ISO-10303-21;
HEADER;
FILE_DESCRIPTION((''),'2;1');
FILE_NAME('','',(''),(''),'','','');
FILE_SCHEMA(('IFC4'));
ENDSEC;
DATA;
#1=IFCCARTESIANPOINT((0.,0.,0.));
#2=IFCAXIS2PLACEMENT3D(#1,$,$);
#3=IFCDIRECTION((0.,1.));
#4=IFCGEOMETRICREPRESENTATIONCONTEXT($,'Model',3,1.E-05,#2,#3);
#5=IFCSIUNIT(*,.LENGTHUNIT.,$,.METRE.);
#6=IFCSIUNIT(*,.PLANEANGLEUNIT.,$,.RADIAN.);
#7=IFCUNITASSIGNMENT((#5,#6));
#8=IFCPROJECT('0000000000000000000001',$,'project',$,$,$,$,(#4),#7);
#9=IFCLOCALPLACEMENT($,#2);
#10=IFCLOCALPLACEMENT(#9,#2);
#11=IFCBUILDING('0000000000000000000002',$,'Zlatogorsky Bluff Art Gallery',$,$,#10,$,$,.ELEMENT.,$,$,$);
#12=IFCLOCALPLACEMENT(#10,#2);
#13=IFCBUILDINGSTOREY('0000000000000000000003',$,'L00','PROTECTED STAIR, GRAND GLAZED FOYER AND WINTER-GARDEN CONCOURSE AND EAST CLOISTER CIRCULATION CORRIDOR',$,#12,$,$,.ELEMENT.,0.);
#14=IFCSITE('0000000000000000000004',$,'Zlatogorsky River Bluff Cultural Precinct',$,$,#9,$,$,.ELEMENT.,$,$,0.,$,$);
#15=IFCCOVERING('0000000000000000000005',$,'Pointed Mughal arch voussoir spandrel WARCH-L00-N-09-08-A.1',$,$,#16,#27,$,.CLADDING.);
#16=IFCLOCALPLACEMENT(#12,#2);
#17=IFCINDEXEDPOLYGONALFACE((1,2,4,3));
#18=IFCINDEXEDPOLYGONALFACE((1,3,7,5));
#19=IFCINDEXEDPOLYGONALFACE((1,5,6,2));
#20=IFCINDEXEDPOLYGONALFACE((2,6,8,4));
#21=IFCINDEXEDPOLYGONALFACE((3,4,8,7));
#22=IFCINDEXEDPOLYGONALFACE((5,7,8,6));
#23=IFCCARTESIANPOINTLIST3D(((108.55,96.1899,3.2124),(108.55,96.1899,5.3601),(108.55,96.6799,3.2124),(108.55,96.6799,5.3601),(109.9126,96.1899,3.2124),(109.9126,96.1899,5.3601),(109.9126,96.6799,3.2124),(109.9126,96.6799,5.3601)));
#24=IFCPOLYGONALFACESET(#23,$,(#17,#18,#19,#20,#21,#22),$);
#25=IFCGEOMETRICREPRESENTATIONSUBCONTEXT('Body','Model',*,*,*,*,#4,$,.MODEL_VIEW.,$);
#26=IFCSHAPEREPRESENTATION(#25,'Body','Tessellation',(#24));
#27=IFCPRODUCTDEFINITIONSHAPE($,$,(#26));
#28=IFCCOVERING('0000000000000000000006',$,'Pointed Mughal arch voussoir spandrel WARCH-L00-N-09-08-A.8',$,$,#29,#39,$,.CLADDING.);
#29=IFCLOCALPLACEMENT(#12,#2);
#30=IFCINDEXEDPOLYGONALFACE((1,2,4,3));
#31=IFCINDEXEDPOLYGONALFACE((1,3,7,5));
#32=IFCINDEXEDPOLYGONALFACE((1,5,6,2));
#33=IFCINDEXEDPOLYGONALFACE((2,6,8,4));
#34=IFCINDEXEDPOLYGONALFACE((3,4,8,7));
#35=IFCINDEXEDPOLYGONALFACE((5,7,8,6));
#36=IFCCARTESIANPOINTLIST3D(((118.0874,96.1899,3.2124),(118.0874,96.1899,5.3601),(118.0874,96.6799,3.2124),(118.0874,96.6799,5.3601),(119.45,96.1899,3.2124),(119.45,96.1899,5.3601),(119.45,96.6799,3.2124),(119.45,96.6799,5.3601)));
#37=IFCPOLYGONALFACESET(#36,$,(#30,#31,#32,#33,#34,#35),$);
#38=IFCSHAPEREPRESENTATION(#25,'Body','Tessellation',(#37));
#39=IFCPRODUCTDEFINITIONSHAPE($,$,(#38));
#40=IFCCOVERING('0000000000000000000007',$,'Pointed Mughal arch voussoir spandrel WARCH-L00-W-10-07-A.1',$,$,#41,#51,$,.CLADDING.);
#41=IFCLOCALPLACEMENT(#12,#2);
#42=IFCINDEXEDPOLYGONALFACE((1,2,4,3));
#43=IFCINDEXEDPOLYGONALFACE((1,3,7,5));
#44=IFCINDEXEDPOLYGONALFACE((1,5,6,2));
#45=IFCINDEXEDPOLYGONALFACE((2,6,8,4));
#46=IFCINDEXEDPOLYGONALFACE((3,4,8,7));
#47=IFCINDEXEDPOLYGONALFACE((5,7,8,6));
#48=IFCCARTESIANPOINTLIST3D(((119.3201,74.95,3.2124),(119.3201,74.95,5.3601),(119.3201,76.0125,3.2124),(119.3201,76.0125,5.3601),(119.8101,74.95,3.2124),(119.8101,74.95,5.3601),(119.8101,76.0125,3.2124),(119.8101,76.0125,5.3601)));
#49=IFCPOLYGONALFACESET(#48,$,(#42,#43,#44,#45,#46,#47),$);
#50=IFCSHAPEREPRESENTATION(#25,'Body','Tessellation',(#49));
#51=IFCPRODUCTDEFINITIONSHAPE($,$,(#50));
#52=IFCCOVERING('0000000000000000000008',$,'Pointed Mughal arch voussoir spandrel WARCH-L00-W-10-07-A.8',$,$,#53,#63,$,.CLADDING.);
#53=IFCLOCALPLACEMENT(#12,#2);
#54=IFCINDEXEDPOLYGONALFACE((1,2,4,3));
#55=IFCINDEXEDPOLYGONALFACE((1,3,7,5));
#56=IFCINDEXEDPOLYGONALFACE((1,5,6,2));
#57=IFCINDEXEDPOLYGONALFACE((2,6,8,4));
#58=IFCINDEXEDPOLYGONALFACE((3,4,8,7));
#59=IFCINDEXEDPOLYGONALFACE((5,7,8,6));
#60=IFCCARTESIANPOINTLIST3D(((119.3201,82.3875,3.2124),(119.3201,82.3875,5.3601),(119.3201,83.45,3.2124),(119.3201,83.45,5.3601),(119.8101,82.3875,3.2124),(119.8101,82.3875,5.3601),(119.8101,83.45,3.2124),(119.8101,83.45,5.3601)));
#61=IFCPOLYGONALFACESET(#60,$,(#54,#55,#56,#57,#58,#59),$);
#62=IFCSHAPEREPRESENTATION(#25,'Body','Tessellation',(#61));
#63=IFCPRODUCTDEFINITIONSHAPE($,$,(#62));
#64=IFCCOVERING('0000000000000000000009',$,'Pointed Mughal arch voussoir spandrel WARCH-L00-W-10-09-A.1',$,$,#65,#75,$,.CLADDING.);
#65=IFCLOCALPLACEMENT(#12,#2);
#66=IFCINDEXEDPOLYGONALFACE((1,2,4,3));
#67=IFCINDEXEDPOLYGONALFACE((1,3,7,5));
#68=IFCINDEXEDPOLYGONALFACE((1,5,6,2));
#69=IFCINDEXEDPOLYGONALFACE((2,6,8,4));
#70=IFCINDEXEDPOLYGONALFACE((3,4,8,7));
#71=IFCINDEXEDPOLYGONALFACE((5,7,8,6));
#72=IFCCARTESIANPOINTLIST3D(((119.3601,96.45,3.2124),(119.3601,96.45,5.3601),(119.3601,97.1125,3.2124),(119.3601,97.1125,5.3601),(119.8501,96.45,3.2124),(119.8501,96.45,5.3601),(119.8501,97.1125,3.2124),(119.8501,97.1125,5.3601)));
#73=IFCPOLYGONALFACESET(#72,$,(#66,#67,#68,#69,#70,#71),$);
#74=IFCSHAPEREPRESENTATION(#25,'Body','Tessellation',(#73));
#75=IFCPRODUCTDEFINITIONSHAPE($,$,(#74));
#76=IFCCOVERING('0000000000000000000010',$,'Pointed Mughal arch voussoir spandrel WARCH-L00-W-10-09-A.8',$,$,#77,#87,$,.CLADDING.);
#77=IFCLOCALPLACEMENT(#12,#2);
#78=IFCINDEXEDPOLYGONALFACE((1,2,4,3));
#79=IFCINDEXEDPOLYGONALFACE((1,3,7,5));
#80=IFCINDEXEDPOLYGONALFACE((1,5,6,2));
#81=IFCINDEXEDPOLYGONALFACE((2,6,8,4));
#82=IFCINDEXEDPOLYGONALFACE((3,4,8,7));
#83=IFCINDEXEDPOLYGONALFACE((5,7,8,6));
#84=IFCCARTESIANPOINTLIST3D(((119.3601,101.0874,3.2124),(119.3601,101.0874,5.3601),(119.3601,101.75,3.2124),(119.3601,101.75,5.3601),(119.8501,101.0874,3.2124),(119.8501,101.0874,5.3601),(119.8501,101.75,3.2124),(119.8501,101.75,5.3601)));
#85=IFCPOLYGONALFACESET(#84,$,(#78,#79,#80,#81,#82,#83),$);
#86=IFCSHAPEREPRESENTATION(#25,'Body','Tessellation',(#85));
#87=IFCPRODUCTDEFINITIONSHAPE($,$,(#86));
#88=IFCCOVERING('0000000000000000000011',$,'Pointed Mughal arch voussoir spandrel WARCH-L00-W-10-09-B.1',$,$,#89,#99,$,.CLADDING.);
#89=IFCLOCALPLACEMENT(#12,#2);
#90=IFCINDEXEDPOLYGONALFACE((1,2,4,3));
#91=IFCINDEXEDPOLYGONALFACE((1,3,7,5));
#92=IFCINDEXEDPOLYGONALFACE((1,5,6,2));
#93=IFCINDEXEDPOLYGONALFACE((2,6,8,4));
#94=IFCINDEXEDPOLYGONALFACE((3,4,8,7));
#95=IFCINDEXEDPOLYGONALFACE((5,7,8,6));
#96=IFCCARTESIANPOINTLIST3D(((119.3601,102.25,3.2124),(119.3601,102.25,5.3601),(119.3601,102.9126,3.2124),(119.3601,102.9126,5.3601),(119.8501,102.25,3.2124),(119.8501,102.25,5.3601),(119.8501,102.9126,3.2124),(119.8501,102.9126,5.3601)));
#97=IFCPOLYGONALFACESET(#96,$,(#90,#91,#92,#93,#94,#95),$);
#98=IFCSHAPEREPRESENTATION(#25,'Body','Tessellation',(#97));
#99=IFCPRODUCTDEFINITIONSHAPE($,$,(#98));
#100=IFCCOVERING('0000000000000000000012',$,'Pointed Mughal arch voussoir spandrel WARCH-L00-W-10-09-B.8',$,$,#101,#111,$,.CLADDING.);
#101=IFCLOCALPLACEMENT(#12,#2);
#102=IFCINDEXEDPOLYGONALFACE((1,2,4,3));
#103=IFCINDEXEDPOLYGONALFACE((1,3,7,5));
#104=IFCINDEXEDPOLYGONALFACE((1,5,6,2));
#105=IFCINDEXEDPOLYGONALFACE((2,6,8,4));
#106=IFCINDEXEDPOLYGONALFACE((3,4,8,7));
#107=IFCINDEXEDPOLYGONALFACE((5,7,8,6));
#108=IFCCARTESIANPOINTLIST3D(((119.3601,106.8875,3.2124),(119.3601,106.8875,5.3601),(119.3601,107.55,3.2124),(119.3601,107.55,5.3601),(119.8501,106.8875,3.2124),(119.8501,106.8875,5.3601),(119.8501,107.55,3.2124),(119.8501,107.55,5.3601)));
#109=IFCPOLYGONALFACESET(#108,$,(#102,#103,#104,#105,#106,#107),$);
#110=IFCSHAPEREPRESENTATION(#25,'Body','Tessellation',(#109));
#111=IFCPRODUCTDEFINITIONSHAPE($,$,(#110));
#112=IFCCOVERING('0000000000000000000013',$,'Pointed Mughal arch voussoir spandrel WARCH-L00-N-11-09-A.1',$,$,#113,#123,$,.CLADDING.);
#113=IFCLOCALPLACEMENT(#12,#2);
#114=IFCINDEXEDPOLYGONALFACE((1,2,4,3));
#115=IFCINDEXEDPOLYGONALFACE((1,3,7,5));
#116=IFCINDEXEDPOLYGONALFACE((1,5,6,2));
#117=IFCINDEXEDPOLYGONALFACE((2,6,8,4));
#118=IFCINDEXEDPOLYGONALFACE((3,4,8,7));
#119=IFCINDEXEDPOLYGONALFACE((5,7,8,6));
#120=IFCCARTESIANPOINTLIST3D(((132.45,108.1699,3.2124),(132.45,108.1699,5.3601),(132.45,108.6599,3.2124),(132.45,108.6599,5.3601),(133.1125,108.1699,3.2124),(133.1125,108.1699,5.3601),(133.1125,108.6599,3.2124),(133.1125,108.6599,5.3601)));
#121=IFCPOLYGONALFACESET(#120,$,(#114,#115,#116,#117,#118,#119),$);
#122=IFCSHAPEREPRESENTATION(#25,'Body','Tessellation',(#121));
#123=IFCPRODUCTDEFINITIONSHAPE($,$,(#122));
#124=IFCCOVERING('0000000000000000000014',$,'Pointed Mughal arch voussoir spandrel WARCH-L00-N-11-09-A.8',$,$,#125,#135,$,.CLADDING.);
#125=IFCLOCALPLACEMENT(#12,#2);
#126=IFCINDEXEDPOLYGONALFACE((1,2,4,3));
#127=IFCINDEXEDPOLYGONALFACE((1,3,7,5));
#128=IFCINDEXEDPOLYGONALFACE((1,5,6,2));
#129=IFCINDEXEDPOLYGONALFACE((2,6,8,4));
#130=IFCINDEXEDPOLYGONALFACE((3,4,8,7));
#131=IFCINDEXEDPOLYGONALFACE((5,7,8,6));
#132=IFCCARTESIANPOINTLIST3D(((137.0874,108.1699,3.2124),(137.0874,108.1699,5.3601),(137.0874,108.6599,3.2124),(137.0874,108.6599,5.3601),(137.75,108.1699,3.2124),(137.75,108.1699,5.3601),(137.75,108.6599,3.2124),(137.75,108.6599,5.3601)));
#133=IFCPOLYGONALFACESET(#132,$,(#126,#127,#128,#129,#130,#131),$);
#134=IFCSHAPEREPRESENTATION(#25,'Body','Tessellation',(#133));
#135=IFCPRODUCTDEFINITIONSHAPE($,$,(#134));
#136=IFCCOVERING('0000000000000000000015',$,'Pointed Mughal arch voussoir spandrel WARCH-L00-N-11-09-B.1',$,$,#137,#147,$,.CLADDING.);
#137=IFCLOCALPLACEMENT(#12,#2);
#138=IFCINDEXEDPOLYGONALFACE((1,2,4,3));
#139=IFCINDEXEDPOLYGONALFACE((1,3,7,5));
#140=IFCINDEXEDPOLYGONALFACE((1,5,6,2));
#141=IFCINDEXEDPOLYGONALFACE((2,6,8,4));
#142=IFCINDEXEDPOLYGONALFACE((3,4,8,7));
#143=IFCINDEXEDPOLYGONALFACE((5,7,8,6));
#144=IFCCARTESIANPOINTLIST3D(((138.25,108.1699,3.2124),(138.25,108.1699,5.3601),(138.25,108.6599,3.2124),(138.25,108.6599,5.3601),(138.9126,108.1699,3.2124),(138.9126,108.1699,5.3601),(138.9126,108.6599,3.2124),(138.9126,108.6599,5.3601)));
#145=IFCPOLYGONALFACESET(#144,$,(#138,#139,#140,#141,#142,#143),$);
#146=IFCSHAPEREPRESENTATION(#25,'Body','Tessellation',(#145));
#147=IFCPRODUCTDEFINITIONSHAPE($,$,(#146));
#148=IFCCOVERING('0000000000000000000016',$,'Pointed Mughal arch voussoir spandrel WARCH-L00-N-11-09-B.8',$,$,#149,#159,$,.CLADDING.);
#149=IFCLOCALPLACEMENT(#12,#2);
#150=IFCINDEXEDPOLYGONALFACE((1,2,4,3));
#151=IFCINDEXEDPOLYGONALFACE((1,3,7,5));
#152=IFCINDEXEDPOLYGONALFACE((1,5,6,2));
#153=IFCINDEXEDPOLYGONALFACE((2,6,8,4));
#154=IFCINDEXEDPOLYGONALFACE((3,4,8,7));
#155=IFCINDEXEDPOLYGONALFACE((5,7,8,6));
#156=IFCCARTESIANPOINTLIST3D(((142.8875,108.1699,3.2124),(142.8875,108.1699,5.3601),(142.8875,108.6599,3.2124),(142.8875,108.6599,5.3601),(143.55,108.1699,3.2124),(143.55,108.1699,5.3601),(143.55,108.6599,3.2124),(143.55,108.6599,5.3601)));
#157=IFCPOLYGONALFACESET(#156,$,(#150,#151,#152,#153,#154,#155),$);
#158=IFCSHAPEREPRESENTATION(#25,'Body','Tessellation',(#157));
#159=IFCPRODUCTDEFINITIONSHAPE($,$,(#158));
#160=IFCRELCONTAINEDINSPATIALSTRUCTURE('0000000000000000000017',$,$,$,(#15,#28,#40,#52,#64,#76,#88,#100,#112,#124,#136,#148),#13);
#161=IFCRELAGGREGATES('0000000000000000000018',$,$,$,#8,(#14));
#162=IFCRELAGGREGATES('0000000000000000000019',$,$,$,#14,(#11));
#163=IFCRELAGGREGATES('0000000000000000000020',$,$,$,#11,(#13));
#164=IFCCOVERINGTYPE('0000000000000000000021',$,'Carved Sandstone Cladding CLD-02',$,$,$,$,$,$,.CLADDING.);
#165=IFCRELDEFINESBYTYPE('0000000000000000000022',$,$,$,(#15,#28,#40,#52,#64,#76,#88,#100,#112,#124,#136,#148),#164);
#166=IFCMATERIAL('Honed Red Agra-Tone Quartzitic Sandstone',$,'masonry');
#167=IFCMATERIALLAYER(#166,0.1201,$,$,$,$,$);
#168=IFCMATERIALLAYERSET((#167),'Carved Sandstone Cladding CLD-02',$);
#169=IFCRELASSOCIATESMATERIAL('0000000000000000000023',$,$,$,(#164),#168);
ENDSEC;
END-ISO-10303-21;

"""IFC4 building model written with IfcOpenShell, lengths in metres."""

from ifc_helpers import new_model, si_unit, direction, frame, origin, place, context, subcontext, project, spatial, polyline, outline, extrude, material, layer, layer_set, type_object, element, save


model = new_model("IFC4")

# Units and contexts
model_context = context("Model", 3, precision=1e-05, world=origin(), true_north=direction((0.0, 1.0)))
body_context = subcontext(model_context, "Body", "Model", "MODEL_VIEW")
ifc_project = project(units=[si_unit("LENGTHUNIT", "METRE"), si_unit("PLANEANGLEUNIT", "RADIAN")], contexts=[model_context])

# Site, building, storey
site_placement = place(None, origin())
site = spatial("IfcSite", under=ifc_project, at=site_placement, Name="Zlatogorsky River Bluff Cultural Precinct", CompositionType="ELEMENT", RefElevation=0.0)
building_placement = place(site_placement, origin())
building = spatial("IfcBuilding", under=site, at=building_placement, Name="Zlatogorsky Bluff Art Gallery", CompositionType="ELEMENT")
storey_placement = place(building_placement, origin())
storey = spatial("IfcBuildingStorey", under=building, at=storey_placement, Name="L00", Description="PROTECTED STAIR, GRAND GLAZED FOYER AND WINTER-GARDEN CONCOURSE AND EAST CLOISTER CIRCULATION CORRIDOR", CompositionType="ELEMENT", Elevation=0.0)

# Coverings
ifc_material = material(Name="Honed Red Agra-Tone Quartzitic Sandstone", Category="masonry")
ifc_layer = layer(ifc_material, 0.1201)
ifc_layer_set = layer_set([ifc_layer], Name="Carved Sandstone Cladding CLD-02")
covering_type = type_object("IfcCoveringType", Name="Carved Sandstone Cladding CLD-02", PredefinedType="CLADDING", material=ifc_layer_set)
covering_1_placement = place(storey_placement, frame((0.0, 0.0, 3.2124)))
element("IfcCovering", 1, at=covering_1_placement, inside=storey, type_object=covering_type, Name="Pointed Mughal arch voussoir spandrel WARCH-L00-N-09-08-A.1", PredefinedType="CLADDING", context=body_context, shape_type="SweptSolid", body=[
    extrude(outline(polyline([(108.55, 96.1899), (109.9126, 96.1899), (109.9126, 96.6799), (108.55, 96.6799), (108.55, 96.1899)])), origin(), (0.0, 0.0, 1.0), 2.1477),
])
covering_2_placement = place(storey_placement, frame((0.0, 0.0, 3.2124)))
element("IfcCovering", 2, at=covering_2_placement, inside=storey, type_object=covering_type, Name="Pointed Mughal arch voussoir spandrel WARCH-L00-N-09-08-A.8", PredefinedType="CLADDING", context=body_context, shape_type="SweptSolid", body=[
    extrude(outline(polyline([(118.0874, 96.1899), (119.45, 96.1899), (119.45, 96.6799), (118.0874, 96.6799), (118.0874, 96.1899)])), origin(), (0.0, 0.0, 1.0), 2.1477),
])
covering_3_placement = place(storey_placement, frame((0.0, 0.0, 3.2124)))
element("IfcCovering", 3, at=covering_3_placement, inside=storey, type_object=covering_type, Name="Pointed Mughal arch voussoir spandrel WARCH-L00-W-10-07-A.1", PredefinedType="CLADDING", context=body_context, shape_type="SweptSolid", body=[
    extrude(outline(polyline([(119.3201, 74.95), (119.3201, 76.0125), (119.8101, 76.0125), (119.8101, 74.95), (119.3201, 74.95)])), origin(), (0.0, 0.0, 1.0), 2.1477),
])
covering_4_placement = place(storey_placement, frame((0.0, 0.0, 3.2124)))
element("IfcCovering", 4, at=covering_4_placement, inside=storey, type_object=covering_type, Name="Pointed Mughal arch voussoir spandrel WARCH-L00-W-10-07-A.8", PredefinedType="CLADDING", context=body_context, shape_type="SweptSolid", body=[
    extrude(outline(polyline([(119.3201, 82.3875), (119.3201, 83.45), (119.8101, 83.45), (119.8101, 82.3875), (119.3201, 82.3875)])), origin(), (0.0, 0.0, 1.0), 2.1477),
])
covering_5_placement = place(storey_placement, frame((0.0, 0.0, 3.2124)))
element("IfcCovering", 5, at=covering_5_placement, inside=storey, type_object=covering_type, Name="Pointed Mughal arch voussoir spandrel WARCH-L00-W-10-09-A.1", PredefinedType="CLADDING", context=body_context, shape_type="SweptSolid", body=[
    extrude(outline(polyline([(119.3601, 96.45), (119.3601, 97.1125), (119.8501, 97.1125), (119.8501, 96.45), (119.3601, 96.45)])), origin(), (0.0, 0.0, 1.0), 2.1477),
])
covering_6_placement = place(storey_placement, frame((0.0, 0.0, 3.2124)))
element("IfcCovering", 6, at=covering_6_placement, inside=storey, type_object=covering_type, Name="Pointed Mughal arch voussoir spandrel WARCH-L00-W-10-09-A.8", PredefinedType="CLADDING", context=body_context, shape_type="SweptSolid", body=[
    extrude(outline(polyline([(119.3601, 101.0874), (119.3601, 101.75), (119.8501, 101.75), (119.8501, 101.0874), (119.3601, 101.0874)])), origin(), (0.0, 0.0, 1.0), 2.1477),
])
covering_7_placement = place(storey_placement, frame((0.0, 0.0, 3.2124)))
element("IfcCovering", 7, at=covering_7_placement, inside=storey, type_object=covering_type, Name="Pointed Mughal arch voussoir spandrel WARCH-L00-W-10-09-B.1", PredefinedType="CLADDING", context=body_context, shape_type="SweptSolid", body=[
    extrude(outline(polyline([(119.3601, 102.25), (119.3601, 102.9126), (119.8501, 102.9126), (119.8501, 102.25), (119.3601, 102.25)])), origin(), (0.0, 0.0, 1.0), 2.1477),
])
covering_8_placement = place(storey_placement, frame((0.0, 0.0, 3.2124)))
element("IfcCovering", 8, at=covering_8_placement, inside=storey, type_object=covering_type, Name="Pointed Mughal arch voussoir spandrel WARCH-L00-W-10-09-B.8", PredefinedType="CLADDING", context=body_context, shape_type="SweptSolid", body=[
    extrude(outline(polyline([(119.3601, 106.8875), (119.3601, 107.55), (119.8501, 107.55), (119.8501, 106.8875), (119.3601, 106.8875)])), origin(), (0.0, 0.0, 1.0), 2.1477),
])
covering_9_placement = place(storey_placement, frame((0.0, 0.0, 3.2124)))
element("IfcCovering", 9, at=covering_9_placement, inside=storey, type_object=covering_type, Name="Pointed Mughal arch voussoir spandrel WARCH-L00-N-11-09-A.1", PredefinedType="CLADDING", context=body_context, shape_type="SweptSolid", body=[
    extrude(outline(polyline([(132.45, 108.1699), (133.1125, 108.1699), (133.1125, 108.6599), (132.45, 108.6599), (132.45, 108.1699)])), origin(), (0.0, 0.0, 1.0), 2.1477),
])
covering_10_placement = place(storey_placement, frame((0.0, 0.0, 3.2124)))
element("IfcCovering", 10, at=covering_10_placement, inside=storey, type_object=covering_type, Name="Pointed Mughal arch voussoir spandrel WARCH-L00-N-11-09-A.8", PredefinedType="CLADDING", context=body_context, shape_type="SweptSolid", body=[
    extrude(outline(polyline([(137.0874, 108.1699), (137.75, 108.1699), (137.75, 108.6599), (137.0874, 108.6599), (137.0874, 108.1699)])), origin(), (0.0, 0.0, 1.0), 2.1477),
])
covering_11_placement = place(storey_placement, frame((0.0, 0.0, 3.2124)))
element("IfcCovering", 11, at=covering_11_placement, inside=storey, type_object=covering_type, Name="Pointed Mughal arch voussoir spandrel WARCH-L00-N-11-09-B.1", PredefinedType="CLADDING", context=body_context, shape_type="SweptSolid", body=[
    extrude(outline(polyline([(138.25, 108.1699), (138.9126, 108.1699), (138.9126, 108.6599), (138.25, 108.6599), (138.25, 108.1699)])), origin(), (0.0, 0.0, 1.0), 2.1477),
])
covering_12_placement = place(storey_placement, frame((0.0, 0.0, 3.2124)))
element("IfcCovering", 12, at=covering_12_placement, inside=storey, type_object=covering_type, Name="Pointed Mughal arch voussoir spandrel WARCH-L00-N-11-09-B.8", PredefinedType="CLADDING", context=body_context, shape_type="SweptSolid", body=[
    extrude(outline(polyline([(142.8875, 108.1699), (143.55, 108.1699), (143.55, 108.6599), (142.8875, 108.6599), (142.8875, 108.1699)])), origin(), (0.0, 0.0, 1.0), 2.1477),
])

save(model, "model.ifc")
